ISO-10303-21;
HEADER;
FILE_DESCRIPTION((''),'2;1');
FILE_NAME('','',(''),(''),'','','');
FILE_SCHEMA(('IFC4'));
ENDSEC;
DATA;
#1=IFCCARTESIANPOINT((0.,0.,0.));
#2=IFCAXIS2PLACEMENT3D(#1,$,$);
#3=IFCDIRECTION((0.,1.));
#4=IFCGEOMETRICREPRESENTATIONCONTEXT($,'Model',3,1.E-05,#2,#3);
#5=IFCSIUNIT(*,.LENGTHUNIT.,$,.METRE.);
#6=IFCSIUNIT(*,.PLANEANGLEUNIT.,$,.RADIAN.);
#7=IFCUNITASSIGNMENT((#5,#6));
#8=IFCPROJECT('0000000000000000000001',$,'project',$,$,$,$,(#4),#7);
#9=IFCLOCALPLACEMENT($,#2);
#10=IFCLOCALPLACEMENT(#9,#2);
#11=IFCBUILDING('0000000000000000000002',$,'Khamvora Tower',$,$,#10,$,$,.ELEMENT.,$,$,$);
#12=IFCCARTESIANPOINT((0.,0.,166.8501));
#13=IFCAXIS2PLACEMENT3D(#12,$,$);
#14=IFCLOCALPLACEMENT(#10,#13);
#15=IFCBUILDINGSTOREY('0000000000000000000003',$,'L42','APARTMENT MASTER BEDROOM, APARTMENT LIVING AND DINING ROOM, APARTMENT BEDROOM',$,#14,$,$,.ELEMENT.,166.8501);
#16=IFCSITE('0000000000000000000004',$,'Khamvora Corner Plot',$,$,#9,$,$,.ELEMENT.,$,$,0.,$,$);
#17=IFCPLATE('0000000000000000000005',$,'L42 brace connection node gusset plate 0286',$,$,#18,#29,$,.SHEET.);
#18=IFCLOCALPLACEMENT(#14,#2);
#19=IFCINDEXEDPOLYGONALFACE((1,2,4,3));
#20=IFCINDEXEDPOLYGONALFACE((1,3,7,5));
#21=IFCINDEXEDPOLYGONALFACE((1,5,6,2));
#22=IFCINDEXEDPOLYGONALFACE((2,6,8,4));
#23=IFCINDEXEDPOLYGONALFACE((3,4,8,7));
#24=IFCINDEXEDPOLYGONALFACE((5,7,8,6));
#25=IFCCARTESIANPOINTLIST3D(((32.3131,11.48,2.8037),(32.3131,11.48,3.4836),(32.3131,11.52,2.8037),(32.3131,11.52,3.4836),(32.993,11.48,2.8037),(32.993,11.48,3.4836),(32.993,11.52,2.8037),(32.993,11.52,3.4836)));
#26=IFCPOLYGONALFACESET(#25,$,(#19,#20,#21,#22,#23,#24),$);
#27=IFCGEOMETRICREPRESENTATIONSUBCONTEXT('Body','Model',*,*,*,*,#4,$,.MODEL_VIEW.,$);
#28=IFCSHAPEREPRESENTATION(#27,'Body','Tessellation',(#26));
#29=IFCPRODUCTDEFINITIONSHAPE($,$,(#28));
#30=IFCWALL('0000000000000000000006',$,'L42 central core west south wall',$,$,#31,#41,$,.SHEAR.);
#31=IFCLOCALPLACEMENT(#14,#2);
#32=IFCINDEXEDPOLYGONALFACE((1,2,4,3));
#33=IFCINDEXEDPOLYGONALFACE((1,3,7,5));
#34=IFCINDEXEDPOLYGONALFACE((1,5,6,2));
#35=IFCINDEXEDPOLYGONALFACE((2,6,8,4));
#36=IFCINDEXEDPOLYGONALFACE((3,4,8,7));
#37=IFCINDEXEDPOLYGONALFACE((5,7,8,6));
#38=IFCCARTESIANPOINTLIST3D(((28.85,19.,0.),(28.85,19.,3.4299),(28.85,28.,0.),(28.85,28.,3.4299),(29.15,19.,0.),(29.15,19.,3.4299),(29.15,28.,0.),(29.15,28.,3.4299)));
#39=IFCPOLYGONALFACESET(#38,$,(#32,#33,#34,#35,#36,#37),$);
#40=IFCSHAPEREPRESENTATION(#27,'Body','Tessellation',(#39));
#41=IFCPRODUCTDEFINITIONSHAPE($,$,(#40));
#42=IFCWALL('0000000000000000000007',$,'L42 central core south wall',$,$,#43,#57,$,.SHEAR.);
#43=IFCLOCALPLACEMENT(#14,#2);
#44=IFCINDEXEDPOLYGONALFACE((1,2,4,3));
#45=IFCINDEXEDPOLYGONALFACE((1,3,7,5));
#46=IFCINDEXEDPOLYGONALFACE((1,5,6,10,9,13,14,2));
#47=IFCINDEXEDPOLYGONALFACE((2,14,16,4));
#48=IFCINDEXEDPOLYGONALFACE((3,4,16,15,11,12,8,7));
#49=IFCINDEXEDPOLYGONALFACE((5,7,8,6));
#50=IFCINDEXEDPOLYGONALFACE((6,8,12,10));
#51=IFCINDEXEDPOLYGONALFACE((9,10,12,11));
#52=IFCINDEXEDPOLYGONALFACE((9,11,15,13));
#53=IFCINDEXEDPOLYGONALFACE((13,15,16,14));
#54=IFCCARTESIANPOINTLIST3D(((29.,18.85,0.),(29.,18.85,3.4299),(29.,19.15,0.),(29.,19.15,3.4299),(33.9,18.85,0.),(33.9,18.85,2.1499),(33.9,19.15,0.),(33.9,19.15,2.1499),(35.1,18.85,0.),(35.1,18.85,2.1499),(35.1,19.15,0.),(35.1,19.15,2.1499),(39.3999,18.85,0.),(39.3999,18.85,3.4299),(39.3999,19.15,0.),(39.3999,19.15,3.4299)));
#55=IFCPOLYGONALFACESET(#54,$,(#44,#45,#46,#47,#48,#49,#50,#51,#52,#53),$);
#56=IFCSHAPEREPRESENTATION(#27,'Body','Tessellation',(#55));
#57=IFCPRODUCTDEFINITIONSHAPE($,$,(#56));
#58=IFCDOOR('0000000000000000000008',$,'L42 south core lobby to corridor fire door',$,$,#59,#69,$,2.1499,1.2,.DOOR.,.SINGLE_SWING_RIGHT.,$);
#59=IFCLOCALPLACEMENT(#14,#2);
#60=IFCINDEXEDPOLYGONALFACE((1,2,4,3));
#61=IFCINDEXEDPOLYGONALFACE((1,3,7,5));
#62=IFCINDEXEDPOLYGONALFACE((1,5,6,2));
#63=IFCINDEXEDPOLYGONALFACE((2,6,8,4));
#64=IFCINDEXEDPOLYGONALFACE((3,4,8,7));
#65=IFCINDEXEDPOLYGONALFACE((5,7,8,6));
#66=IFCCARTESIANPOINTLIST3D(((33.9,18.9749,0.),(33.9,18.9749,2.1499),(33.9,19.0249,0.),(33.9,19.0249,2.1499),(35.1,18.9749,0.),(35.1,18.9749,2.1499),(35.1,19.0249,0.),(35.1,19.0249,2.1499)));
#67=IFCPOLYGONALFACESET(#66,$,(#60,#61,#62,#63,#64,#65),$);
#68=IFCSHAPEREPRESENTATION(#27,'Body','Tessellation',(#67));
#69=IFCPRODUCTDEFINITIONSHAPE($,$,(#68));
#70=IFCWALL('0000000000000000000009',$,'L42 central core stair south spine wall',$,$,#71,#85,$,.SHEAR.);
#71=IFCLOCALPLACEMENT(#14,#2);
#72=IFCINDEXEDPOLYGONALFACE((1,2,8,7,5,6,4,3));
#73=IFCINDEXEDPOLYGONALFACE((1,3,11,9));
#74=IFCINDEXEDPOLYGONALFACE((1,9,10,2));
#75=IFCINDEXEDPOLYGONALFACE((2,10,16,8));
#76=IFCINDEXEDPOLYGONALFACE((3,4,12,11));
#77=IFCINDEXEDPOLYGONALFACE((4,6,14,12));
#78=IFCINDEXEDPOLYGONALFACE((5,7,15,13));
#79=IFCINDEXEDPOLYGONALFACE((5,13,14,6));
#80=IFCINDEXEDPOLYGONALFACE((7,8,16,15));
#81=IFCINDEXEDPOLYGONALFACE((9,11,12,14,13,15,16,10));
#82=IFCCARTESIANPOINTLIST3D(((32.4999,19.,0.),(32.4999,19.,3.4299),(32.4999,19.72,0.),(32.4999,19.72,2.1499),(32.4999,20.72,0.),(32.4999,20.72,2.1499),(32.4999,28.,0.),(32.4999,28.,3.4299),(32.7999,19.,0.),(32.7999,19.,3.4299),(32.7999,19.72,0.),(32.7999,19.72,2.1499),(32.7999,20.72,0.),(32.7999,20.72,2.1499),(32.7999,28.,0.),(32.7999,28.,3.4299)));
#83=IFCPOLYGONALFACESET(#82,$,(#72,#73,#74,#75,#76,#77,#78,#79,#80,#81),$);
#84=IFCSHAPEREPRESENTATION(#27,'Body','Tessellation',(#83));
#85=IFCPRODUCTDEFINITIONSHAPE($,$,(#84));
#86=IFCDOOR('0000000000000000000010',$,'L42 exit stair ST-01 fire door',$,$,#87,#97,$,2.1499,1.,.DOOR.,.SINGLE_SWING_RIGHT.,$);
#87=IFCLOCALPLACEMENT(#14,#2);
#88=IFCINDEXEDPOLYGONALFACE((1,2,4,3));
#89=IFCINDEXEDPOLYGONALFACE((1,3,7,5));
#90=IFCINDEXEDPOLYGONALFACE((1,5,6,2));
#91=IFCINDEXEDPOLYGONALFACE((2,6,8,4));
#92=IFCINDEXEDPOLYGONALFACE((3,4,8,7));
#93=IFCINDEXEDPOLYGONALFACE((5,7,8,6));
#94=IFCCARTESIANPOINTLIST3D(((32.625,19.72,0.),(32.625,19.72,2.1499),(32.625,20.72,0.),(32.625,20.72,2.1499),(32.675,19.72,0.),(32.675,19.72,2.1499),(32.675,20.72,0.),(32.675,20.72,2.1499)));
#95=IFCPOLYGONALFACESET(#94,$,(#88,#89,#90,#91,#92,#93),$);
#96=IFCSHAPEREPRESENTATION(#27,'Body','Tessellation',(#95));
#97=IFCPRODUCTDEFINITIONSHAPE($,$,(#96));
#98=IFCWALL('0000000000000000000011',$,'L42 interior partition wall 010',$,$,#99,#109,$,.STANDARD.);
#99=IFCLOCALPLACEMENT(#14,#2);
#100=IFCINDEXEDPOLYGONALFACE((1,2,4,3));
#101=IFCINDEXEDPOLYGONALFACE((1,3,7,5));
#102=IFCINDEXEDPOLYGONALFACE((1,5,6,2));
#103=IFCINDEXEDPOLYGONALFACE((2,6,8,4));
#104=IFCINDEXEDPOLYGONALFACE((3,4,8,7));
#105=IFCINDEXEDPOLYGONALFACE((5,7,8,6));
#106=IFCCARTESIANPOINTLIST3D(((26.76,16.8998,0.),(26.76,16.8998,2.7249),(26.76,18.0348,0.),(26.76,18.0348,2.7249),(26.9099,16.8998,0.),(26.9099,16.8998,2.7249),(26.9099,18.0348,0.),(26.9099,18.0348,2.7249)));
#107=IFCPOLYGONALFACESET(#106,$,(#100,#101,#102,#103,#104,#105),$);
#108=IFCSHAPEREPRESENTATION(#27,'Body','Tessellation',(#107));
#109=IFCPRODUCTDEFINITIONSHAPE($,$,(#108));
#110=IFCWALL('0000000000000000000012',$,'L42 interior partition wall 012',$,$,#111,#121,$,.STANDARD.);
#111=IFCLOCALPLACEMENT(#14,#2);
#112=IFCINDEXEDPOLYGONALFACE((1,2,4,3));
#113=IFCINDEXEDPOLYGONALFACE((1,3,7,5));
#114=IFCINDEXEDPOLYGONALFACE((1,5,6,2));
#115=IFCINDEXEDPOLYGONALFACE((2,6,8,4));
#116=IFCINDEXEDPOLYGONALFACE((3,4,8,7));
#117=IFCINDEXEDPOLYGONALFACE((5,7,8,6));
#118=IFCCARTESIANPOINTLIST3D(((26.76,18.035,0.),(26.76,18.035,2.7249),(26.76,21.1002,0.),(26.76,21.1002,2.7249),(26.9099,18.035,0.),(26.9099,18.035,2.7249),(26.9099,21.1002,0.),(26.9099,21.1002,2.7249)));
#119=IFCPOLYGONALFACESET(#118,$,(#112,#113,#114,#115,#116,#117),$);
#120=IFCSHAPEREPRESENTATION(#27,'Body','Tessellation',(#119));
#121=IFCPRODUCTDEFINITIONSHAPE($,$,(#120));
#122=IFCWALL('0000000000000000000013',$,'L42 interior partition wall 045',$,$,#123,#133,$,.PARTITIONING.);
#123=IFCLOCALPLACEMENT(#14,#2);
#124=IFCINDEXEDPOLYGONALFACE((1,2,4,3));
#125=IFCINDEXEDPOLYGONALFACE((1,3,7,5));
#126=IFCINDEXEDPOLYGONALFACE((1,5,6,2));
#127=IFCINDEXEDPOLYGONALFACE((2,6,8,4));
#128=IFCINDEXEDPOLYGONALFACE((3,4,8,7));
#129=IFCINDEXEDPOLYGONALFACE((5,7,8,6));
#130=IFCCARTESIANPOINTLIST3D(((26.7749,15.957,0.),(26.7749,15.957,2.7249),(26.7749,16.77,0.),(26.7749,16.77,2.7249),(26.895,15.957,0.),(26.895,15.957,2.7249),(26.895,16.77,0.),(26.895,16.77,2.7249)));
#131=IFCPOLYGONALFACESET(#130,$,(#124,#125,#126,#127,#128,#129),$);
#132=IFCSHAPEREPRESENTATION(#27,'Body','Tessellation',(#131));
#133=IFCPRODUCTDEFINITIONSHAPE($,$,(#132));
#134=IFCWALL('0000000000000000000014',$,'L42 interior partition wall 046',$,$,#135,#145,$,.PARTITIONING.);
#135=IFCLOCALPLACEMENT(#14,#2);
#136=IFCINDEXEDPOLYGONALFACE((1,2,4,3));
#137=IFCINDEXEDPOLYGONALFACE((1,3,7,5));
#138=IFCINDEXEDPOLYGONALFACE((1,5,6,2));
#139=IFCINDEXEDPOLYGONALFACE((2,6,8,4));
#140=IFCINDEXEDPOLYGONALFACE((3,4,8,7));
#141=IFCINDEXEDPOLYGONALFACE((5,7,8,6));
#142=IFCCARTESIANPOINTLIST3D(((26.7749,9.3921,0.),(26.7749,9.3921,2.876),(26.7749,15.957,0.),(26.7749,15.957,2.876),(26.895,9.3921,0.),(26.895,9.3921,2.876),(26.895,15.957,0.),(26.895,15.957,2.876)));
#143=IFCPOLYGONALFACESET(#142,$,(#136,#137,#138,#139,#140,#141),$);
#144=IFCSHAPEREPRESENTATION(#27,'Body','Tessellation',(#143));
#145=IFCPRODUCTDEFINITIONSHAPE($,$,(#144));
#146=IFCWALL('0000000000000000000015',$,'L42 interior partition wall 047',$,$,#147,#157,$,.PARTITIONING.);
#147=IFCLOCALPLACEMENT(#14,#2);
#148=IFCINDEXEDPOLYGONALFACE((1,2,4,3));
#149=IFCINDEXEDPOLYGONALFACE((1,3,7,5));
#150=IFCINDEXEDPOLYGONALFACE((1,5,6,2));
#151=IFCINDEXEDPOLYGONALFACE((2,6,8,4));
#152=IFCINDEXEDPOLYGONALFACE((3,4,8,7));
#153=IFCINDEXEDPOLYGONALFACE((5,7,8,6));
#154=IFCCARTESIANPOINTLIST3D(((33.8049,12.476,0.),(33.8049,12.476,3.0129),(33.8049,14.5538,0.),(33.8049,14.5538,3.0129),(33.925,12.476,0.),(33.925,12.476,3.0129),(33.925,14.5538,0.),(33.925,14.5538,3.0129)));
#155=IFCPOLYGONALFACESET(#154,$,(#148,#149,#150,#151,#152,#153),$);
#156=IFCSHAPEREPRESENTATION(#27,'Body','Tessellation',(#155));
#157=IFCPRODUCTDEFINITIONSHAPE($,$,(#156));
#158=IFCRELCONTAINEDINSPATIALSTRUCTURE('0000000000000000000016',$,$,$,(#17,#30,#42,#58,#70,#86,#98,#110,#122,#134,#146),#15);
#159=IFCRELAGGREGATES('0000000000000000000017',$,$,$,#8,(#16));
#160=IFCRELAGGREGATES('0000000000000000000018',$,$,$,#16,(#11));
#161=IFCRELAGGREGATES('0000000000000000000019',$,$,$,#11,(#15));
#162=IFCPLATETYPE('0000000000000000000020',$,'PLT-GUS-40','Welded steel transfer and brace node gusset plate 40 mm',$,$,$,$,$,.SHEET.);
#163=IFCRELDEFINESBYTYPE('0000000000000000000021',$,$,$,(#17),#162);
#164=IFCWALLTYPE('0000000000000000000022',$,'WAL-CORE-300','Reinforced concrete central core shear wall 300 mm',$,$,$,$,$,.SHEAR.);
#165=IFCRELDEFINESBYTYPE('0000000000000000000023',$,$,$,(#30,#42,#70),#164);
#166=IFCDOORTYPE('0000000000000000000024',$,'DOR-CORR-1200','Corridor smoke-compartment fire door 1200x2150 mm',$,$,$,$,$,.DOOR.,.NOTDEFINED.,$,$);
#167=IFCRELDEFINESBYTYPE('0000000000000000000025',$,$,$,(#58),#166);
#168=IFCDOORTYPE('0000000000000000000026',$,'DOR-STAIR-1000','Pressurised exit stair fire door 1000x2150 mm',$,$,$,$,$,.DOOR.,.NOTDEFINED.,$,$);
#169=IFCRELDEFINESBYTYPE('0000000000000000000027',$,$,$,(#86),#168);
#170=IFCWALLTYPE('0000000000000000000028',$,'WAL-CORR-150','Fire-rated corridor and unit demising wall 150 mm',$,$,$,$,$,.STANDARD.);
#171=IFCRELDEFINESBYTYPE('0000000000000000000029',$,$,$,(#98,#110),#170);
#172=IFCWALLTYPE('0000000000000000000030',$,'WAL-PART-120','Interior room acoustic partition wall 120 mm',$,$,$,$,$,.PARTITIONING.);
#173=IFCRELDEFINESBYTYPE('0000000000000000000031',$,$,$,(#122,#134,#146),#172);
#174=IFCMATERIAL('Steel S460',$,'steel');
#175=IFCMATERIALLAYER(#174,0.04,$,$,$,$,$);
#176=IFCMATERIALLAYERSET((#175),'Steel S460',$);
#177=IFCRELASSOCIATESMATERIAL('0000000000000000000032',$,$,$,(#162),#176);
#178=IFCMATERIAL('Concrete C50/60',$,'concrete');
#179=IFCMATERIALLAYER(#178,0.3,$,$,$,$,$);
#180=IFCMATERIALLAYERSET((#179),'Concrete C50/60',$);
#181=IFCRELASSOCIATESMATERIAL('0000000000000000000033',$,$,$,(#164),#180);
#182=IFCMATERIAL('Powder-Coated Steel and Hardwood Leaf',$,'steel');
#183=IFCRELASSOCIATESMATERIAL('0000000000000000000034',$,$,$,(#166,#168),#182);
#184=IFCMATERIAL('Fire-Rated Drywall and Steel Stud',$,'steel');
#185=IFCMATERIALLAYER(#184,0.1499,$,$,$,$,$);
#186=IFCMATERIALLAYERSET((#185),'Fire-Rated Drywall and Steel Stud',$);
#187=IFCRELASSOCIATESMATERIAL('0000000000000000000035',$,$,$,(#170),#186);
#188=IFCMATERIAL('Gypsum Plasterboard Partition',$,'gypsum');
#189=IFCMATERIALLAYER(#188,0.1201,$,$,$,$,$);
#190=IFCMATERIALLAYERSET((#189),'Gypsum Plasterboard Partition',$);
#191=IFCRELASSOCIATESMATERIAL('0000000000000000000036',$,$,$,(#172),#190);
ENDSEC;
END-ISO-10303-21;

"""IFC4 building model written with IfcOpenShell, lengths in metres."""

from ifc_helpers import new_model, si_unit, direction, frame, frame_2d, origin, origin_2d, place, context, subcontext, project, spatial, rectangle, extrude, material, layer, layer_set, type_object, element, fill, save


model = new_model("IFC4")

# Units and contexts
model_context = context("Model", 3, precision=1e-05, world=origin(), true_north=direction((0.0, 1.0)))
body_context = subcontext(model_context, "Body", "Model", "MODEL_VIEW")
ifc_project = project(units=[si_unit("LENGTHUNIT", "METRE"), si_unit("PLANEANGLEUNIT", "RADIAN")], contexts=[model_context])

# Site, building, storey
site_placement = place(None, origin())
site = spatial("IfcSite", under=ifc_project, at=site_placement, Name="Khamvora Corner Plot", CompositionType="ELEMENT", RefElevation=0.0)
building_placement = place(site_placement, origin())
building = spatial("IfcBuilding", under=site, at=building_placement, Name="Khamvora Tower", CompositionType="ELEMENT")
storey_placement = place(building_placement, frame((0.0, 0.0, 166.8501)))
storey = spatial("IfcBuildingStorey", under=building, at=storey_placement, Name="L42", Description="APARTMENT MASTER BEDROOM, APARTMENT LIVING AND DINING ROOM, APARTMENT BEDROOM", CompositionType="ELEMENT", Elevation=166.8501)

# Shared definitions
ifc_material_1 = material(Name="Steel S460", Category="steel")

# Plate
ifc_layer_1 = layer(ifc_material_1, 0.04)
ifc_layer_set_1 = layer_set([ifc_layer_1], Name="Steel S460")
plate_type_1 = type_object("IfcPlateType", Name="PLT-GUS-40", Description="Welded steel transfer and brace node gusset plate 40 mm", PredefinedType="SHEET", material=ifc_layer_set_1)
plate_1_placement = place(storey_placement, frame((32.6531, 11.5, 2.8037), z_axis=(0.0, 0.0, 1.0), x_axis=(1.0, 0.0, 0.0)))
element("IfcPlate", 1, at=plate_1_placement, inside=storey, type_object=plate_type_1, Name="L42 brace connection node gusset plate 0286", PredefinedType="SHEET", context=body_context, shape_type="SweptSolid", body=[
    extrude(rectangle(XDim=0.6799, YDim=0.04, at=origin_2d()), origin(), (0.0, 0.0, 1.0), 0.6799),
])

# Wall
ifc_material_2 = material(Name="Concrete C50/60", Category="concrete")
ifc_layer_2 = layer(ifc_material_2, 0.3)
ifc_layer_set_2 = layer_set([ifc_layer_2], Name="Concrete C50/60")
wall_type_1 = type_object("IfcWallType", Name="WAL-CORE-300", Description="Reinforced concrete central core shear wall 300 mm", PredefinedType="SHEAR", material=ifc_layer_set_2)
wall_1_placement = place(storey_placement, frame((29.0, 19.0, 0.0), z_axis=(0.0, 0.0, 1.0), x_axis=(0.0, 1.0, 0.0)))
element("IfcWall", 2, at=wall_1_placement, inside=storey, type_object=wall_type_1, Name="L42 central core west south wall", PredefinedType="SHEAR", context=body_context, shape_type="SweptSolid", body=[
    extrude(rectangle(XDim=9.0, YDim=0.3, at=frame_2d((4.5, 0.0))), origin(), (0.0, 0.0, 1.0), 3.4299),
])

# Walls, openings, doors
wall_2_placement = place(storey_placement, frame((29.0, 19.0, 0.0), z_axis=(0.0, 0.0, 1.0), x_axis=(1.0, 0.0, 0.0)))
wall_2 = element("IfcWall", 3, at=wall_2_placement, inside=storey, type_object=wall_type_1, Name="L42 central core south wall", PredefinedType="SHEAR", context=body_context, shape_type="SweptSolid", body=[
    extrude(rectangle(XDim=10.3999, YDim=0.3, at=frame_2d((5.2, 0.0))), origin(), (0.0, 0.0, 1.0), 3.4299),
])
opening_1_placement = place(wall_2_placement, frame((4.8999, 0.0, 0.0)))
opening_1 = element("IfcOpeningElement", 4, at=opening_1_placement, cuts=wall_2, PredefinedType="OPENING", context=body_context, shape_type="SweptSolid", body=[
    extrude(rectangle(XDim=1.2, YDim=2.1499, at=frame_2d((0.6001, 1.075))), frame((0.0, 0.1599, 0.0), z_axis=(0.0, -1.0, 0.0), x_axis=(1.0, 0.0, 0.0)), (0.0, 0.0, 1.0), 0.3201),
])
ifc_material_3 = material(Name="Powder-Coated Steel and Hardwood Leaf", Category="steel")
door_type_1 = type_object("IfcDoorType", Name="DOR-CORR-1200", Description="Corridor smoke-compartment fire door 1200x2150 mm", OperationType="NOTDEFINED", PredefinedType="DOOR", material=ifc_material_3)
door_1_placement = place(opening_1_placement, origin())
door_1 = element("IfcDoor", 5, at=door_1_placement, inside=storey, type_object=door_type_1, Name="L42 south core lobby to corridor fire door", OperationType="SINGLE_SWING_RIGHT", OverallHeight=2.1499, OverallWidth=1.2, PredefinedType="DOOR", context=body_context, shape_type="SweptSolid", body=[
    extrude(rectangle(XDim=1.2, YDim=2.1499, at=frame_2d((0.6001, 1.075))), frame((0.0, 0.0249, 0.0), z_axis=(0.0, -1.0, 0.0), x_axis=(1.0, 0.0, 0.0)), (0.0, 0.0, 1.0), 0.05),
])
fill(opening_1, door_1)
wall_3_placement = place(storey_placement, frame((32.6499, 19.0, 0.0), z_axis=(0.0, 0.0, 1.0), x_axis=(0.0, 1.0, 0.0)))
wall_3 = element("IfcWall", 6, at=wall_3_placement, inside=storey, type_object=wall_type_1, Name="L42 central core stair south spine wall", PredefinedType="SHEAR", context=body_context, shape_type="SweptSolid", body=[
    extrude(rectangle(XDim=9.0, YDim=0.3, at=frame_2d((4.5, 0.0))), origin(), (0.0, 0.0, 1.0), 3.4299),
])
opening_2_placement = place(wall_3_placement, frame((0.72, 0.0, 0.0)))
opening_2 = element("IfcOpeningElement", 7, at=opening_2_placement, cuts=wall_3, PredefinedType="OPENING", context=body_context, shape_type="SweptSolid", body=[
    extrude(rectangle(XDim=1.0, YDim=2.1499, at=frame_2d((0.5, 1.075))), frame((0.0, 0.1599, 0.0), z_axis=(0.0, -1.0, 0.0), x_axis=(1.0, 0.0, 0.0)), (0.0, 0.0, 1.0), 0.3201),
])
door_type_2 = type_object("IfcDoorType", Name="DOR-STAIR-1000", Description="Pressurised exit stair fire door 1000x2150 mm", OperationType="NOTDEFINED", PredefinedType="DOOR", material=ifc_material_3)
door_2_placement = place(opening_2_placement, origin())
door_2 = element("IfcDoor", 8, at=door_2_placement, inside=storey, type_object=door_type_2, Name="L42 exit stair ST-01 fire door", OperationType="SINGLE_SWING_RIGHT", OverallHeight=2.1499, OverallWidth=1.0, PredefinedType="DOOR", context=body_context, shape_type="SweptSolid", body=[
    extrude(rectangle(XDim=1.0, YDim=2.1499, at=frame_2d((0.5, 1.075))), frame((0.0, 0.0249, 0.0), z_axis=(0.0, -1.0, 0.0), x_axis=(1.0, 0.0, 0.0)), (0.0, 0.0, 1.0), 0.05),
])
fill(opening_2, door_2)

# Walls
ifc_material_4 = material(Name="Fire-Rated Drywall and Steel Stud", Category="steel")
ifc_layer_3 = layer(ifc_material_4, 0.1499)
ifc_layer_set_3 = layer_set([ifc_layer_3], Name="Fire-Rated Drywall and Steel Stud")
wall_type_2 = type_object("IfcWallType", Name="WAL-CORR-150", Description="Fire-rated corridor and unit demising wall 150 mm", PredefinedType="STANDARD", material=ifc_layer_set_3)
wall_4_placement = place(storey_placement, frame((26.835, 16.8999, 0.0), z_axis=(0.0, 0.0, 1.0), x_axis=(0.0, 1.0, 0.0)))
element("IfcWall", 9, at=wall_4_placement, inside=storey, type_object=wall_type_2, Name="L42 interior partition wall 010", PredefinedType="STANDARD", context=body_context, shape_type="SweptSolid", body=[
    extrude(rectangle(XDim=1.135, YDim=0.1499, at=frame_2d((0.5674, 0.0))), origin(), (0.0, 0.0, 1.0), 2.7249),
])
wall_5_placement = place(storey_placement, frame((26.835, 18.0349, 0.0), z_axis=(0.0, 0.0, 1.0), x_axis=(0.0, 1.0, 0.0)))
element("IfcWall", 10, at=wall_5_placement, inside=storey, type_object=wall_type_2, Name="L42 interior partition wall 012", PredefinedType="STANDARD", context=body_context, shape_type="SweptSolid", body=[
    extrude(rectangle(XDim=3.0652, YDim=0.1499, at=frame_2d((1.5327, 0.0))), origin(), (0.0, 0.0, 1.0), 2.7249),
])
ifc_material_5 = material(Name="Gypsum Plasterboard Partition", Category="gypsum")
ifc_layer_4 = layer(ifc_material_5, 0.1201)
ifc_layer_set_4 = layer_set([ifc_layer_4], Name="Gypsum Plasterboard Partition")
wall_type_3 = type_object("IfcWallType", Name="WAL-PART-120", Description="Interior room acoustic partition wall 120 mm", PredefinedType="PARTITIONING", material=ifc_layer_set_4)
wall_6_placement = place(storey_placement, frame((26.835, 15.957, 0.0), z_axis=(0.0, 0.0, 1.0), x_axis=(0.0, 1.0, 0.0)))
element("IfcWall", 11, at=wall_6_placement, inside=storey, type_object=wall_type_3, Name="L42 interior partition wall 045", PredefinedType="PARTITIONING", context=body_context, shape_type="SweptSolid", body=[
    extrude(rectangle(XDim=0.813, YDim=0.1201, at=frame_2d((0.4065, 0.0))), origin(), (0.0, 0.0, 1.0), 2.7249),
])
wall_7_placement = place(storey_placement, frame((26.835, 9.3921, 0.0), z_axis=(0.0, 0.0, 1.0), x_axis=(0.0, 1.0, 0.0)))
element("IfcWall", 12, at=wall_7_placement, inside=storey, type_object=wall_type_3, Name="L42 interior partition wall 046", PredefinedType="PARTITIONING", context=body_context, shape_type="SweptSolid", body=[
    extrude(rectangle(XDim=6.5649, YDim=0.1201, at=frame_2d((3.2825, 0.0))), origin(), (0.0, 0.0, 1.0), 2.876),
])
wall_8_placement = place(storey_placement, frame((33.865, 14.554, 0.0), z_axis=(0.0, 0.0, 1.0), x_axis=(0.0, -1.0, 0.0)))
element("IfcWall", 13, at=wall_8_placement, inside=storey, type_object=wall_type_3, Name="L42 interior partition wall 047", PredefinedType="PARTITIONING", context=body_context, shape_type="SweptSolid", body=[
    extrude(rectangle(XDim=2.0779, YDim=0.1201, at=frame_2d((1.0391, 0.0))), origin(), (0.0, 0.0, 1.0), 3.0129),
])

save(model, "model.ifc")
